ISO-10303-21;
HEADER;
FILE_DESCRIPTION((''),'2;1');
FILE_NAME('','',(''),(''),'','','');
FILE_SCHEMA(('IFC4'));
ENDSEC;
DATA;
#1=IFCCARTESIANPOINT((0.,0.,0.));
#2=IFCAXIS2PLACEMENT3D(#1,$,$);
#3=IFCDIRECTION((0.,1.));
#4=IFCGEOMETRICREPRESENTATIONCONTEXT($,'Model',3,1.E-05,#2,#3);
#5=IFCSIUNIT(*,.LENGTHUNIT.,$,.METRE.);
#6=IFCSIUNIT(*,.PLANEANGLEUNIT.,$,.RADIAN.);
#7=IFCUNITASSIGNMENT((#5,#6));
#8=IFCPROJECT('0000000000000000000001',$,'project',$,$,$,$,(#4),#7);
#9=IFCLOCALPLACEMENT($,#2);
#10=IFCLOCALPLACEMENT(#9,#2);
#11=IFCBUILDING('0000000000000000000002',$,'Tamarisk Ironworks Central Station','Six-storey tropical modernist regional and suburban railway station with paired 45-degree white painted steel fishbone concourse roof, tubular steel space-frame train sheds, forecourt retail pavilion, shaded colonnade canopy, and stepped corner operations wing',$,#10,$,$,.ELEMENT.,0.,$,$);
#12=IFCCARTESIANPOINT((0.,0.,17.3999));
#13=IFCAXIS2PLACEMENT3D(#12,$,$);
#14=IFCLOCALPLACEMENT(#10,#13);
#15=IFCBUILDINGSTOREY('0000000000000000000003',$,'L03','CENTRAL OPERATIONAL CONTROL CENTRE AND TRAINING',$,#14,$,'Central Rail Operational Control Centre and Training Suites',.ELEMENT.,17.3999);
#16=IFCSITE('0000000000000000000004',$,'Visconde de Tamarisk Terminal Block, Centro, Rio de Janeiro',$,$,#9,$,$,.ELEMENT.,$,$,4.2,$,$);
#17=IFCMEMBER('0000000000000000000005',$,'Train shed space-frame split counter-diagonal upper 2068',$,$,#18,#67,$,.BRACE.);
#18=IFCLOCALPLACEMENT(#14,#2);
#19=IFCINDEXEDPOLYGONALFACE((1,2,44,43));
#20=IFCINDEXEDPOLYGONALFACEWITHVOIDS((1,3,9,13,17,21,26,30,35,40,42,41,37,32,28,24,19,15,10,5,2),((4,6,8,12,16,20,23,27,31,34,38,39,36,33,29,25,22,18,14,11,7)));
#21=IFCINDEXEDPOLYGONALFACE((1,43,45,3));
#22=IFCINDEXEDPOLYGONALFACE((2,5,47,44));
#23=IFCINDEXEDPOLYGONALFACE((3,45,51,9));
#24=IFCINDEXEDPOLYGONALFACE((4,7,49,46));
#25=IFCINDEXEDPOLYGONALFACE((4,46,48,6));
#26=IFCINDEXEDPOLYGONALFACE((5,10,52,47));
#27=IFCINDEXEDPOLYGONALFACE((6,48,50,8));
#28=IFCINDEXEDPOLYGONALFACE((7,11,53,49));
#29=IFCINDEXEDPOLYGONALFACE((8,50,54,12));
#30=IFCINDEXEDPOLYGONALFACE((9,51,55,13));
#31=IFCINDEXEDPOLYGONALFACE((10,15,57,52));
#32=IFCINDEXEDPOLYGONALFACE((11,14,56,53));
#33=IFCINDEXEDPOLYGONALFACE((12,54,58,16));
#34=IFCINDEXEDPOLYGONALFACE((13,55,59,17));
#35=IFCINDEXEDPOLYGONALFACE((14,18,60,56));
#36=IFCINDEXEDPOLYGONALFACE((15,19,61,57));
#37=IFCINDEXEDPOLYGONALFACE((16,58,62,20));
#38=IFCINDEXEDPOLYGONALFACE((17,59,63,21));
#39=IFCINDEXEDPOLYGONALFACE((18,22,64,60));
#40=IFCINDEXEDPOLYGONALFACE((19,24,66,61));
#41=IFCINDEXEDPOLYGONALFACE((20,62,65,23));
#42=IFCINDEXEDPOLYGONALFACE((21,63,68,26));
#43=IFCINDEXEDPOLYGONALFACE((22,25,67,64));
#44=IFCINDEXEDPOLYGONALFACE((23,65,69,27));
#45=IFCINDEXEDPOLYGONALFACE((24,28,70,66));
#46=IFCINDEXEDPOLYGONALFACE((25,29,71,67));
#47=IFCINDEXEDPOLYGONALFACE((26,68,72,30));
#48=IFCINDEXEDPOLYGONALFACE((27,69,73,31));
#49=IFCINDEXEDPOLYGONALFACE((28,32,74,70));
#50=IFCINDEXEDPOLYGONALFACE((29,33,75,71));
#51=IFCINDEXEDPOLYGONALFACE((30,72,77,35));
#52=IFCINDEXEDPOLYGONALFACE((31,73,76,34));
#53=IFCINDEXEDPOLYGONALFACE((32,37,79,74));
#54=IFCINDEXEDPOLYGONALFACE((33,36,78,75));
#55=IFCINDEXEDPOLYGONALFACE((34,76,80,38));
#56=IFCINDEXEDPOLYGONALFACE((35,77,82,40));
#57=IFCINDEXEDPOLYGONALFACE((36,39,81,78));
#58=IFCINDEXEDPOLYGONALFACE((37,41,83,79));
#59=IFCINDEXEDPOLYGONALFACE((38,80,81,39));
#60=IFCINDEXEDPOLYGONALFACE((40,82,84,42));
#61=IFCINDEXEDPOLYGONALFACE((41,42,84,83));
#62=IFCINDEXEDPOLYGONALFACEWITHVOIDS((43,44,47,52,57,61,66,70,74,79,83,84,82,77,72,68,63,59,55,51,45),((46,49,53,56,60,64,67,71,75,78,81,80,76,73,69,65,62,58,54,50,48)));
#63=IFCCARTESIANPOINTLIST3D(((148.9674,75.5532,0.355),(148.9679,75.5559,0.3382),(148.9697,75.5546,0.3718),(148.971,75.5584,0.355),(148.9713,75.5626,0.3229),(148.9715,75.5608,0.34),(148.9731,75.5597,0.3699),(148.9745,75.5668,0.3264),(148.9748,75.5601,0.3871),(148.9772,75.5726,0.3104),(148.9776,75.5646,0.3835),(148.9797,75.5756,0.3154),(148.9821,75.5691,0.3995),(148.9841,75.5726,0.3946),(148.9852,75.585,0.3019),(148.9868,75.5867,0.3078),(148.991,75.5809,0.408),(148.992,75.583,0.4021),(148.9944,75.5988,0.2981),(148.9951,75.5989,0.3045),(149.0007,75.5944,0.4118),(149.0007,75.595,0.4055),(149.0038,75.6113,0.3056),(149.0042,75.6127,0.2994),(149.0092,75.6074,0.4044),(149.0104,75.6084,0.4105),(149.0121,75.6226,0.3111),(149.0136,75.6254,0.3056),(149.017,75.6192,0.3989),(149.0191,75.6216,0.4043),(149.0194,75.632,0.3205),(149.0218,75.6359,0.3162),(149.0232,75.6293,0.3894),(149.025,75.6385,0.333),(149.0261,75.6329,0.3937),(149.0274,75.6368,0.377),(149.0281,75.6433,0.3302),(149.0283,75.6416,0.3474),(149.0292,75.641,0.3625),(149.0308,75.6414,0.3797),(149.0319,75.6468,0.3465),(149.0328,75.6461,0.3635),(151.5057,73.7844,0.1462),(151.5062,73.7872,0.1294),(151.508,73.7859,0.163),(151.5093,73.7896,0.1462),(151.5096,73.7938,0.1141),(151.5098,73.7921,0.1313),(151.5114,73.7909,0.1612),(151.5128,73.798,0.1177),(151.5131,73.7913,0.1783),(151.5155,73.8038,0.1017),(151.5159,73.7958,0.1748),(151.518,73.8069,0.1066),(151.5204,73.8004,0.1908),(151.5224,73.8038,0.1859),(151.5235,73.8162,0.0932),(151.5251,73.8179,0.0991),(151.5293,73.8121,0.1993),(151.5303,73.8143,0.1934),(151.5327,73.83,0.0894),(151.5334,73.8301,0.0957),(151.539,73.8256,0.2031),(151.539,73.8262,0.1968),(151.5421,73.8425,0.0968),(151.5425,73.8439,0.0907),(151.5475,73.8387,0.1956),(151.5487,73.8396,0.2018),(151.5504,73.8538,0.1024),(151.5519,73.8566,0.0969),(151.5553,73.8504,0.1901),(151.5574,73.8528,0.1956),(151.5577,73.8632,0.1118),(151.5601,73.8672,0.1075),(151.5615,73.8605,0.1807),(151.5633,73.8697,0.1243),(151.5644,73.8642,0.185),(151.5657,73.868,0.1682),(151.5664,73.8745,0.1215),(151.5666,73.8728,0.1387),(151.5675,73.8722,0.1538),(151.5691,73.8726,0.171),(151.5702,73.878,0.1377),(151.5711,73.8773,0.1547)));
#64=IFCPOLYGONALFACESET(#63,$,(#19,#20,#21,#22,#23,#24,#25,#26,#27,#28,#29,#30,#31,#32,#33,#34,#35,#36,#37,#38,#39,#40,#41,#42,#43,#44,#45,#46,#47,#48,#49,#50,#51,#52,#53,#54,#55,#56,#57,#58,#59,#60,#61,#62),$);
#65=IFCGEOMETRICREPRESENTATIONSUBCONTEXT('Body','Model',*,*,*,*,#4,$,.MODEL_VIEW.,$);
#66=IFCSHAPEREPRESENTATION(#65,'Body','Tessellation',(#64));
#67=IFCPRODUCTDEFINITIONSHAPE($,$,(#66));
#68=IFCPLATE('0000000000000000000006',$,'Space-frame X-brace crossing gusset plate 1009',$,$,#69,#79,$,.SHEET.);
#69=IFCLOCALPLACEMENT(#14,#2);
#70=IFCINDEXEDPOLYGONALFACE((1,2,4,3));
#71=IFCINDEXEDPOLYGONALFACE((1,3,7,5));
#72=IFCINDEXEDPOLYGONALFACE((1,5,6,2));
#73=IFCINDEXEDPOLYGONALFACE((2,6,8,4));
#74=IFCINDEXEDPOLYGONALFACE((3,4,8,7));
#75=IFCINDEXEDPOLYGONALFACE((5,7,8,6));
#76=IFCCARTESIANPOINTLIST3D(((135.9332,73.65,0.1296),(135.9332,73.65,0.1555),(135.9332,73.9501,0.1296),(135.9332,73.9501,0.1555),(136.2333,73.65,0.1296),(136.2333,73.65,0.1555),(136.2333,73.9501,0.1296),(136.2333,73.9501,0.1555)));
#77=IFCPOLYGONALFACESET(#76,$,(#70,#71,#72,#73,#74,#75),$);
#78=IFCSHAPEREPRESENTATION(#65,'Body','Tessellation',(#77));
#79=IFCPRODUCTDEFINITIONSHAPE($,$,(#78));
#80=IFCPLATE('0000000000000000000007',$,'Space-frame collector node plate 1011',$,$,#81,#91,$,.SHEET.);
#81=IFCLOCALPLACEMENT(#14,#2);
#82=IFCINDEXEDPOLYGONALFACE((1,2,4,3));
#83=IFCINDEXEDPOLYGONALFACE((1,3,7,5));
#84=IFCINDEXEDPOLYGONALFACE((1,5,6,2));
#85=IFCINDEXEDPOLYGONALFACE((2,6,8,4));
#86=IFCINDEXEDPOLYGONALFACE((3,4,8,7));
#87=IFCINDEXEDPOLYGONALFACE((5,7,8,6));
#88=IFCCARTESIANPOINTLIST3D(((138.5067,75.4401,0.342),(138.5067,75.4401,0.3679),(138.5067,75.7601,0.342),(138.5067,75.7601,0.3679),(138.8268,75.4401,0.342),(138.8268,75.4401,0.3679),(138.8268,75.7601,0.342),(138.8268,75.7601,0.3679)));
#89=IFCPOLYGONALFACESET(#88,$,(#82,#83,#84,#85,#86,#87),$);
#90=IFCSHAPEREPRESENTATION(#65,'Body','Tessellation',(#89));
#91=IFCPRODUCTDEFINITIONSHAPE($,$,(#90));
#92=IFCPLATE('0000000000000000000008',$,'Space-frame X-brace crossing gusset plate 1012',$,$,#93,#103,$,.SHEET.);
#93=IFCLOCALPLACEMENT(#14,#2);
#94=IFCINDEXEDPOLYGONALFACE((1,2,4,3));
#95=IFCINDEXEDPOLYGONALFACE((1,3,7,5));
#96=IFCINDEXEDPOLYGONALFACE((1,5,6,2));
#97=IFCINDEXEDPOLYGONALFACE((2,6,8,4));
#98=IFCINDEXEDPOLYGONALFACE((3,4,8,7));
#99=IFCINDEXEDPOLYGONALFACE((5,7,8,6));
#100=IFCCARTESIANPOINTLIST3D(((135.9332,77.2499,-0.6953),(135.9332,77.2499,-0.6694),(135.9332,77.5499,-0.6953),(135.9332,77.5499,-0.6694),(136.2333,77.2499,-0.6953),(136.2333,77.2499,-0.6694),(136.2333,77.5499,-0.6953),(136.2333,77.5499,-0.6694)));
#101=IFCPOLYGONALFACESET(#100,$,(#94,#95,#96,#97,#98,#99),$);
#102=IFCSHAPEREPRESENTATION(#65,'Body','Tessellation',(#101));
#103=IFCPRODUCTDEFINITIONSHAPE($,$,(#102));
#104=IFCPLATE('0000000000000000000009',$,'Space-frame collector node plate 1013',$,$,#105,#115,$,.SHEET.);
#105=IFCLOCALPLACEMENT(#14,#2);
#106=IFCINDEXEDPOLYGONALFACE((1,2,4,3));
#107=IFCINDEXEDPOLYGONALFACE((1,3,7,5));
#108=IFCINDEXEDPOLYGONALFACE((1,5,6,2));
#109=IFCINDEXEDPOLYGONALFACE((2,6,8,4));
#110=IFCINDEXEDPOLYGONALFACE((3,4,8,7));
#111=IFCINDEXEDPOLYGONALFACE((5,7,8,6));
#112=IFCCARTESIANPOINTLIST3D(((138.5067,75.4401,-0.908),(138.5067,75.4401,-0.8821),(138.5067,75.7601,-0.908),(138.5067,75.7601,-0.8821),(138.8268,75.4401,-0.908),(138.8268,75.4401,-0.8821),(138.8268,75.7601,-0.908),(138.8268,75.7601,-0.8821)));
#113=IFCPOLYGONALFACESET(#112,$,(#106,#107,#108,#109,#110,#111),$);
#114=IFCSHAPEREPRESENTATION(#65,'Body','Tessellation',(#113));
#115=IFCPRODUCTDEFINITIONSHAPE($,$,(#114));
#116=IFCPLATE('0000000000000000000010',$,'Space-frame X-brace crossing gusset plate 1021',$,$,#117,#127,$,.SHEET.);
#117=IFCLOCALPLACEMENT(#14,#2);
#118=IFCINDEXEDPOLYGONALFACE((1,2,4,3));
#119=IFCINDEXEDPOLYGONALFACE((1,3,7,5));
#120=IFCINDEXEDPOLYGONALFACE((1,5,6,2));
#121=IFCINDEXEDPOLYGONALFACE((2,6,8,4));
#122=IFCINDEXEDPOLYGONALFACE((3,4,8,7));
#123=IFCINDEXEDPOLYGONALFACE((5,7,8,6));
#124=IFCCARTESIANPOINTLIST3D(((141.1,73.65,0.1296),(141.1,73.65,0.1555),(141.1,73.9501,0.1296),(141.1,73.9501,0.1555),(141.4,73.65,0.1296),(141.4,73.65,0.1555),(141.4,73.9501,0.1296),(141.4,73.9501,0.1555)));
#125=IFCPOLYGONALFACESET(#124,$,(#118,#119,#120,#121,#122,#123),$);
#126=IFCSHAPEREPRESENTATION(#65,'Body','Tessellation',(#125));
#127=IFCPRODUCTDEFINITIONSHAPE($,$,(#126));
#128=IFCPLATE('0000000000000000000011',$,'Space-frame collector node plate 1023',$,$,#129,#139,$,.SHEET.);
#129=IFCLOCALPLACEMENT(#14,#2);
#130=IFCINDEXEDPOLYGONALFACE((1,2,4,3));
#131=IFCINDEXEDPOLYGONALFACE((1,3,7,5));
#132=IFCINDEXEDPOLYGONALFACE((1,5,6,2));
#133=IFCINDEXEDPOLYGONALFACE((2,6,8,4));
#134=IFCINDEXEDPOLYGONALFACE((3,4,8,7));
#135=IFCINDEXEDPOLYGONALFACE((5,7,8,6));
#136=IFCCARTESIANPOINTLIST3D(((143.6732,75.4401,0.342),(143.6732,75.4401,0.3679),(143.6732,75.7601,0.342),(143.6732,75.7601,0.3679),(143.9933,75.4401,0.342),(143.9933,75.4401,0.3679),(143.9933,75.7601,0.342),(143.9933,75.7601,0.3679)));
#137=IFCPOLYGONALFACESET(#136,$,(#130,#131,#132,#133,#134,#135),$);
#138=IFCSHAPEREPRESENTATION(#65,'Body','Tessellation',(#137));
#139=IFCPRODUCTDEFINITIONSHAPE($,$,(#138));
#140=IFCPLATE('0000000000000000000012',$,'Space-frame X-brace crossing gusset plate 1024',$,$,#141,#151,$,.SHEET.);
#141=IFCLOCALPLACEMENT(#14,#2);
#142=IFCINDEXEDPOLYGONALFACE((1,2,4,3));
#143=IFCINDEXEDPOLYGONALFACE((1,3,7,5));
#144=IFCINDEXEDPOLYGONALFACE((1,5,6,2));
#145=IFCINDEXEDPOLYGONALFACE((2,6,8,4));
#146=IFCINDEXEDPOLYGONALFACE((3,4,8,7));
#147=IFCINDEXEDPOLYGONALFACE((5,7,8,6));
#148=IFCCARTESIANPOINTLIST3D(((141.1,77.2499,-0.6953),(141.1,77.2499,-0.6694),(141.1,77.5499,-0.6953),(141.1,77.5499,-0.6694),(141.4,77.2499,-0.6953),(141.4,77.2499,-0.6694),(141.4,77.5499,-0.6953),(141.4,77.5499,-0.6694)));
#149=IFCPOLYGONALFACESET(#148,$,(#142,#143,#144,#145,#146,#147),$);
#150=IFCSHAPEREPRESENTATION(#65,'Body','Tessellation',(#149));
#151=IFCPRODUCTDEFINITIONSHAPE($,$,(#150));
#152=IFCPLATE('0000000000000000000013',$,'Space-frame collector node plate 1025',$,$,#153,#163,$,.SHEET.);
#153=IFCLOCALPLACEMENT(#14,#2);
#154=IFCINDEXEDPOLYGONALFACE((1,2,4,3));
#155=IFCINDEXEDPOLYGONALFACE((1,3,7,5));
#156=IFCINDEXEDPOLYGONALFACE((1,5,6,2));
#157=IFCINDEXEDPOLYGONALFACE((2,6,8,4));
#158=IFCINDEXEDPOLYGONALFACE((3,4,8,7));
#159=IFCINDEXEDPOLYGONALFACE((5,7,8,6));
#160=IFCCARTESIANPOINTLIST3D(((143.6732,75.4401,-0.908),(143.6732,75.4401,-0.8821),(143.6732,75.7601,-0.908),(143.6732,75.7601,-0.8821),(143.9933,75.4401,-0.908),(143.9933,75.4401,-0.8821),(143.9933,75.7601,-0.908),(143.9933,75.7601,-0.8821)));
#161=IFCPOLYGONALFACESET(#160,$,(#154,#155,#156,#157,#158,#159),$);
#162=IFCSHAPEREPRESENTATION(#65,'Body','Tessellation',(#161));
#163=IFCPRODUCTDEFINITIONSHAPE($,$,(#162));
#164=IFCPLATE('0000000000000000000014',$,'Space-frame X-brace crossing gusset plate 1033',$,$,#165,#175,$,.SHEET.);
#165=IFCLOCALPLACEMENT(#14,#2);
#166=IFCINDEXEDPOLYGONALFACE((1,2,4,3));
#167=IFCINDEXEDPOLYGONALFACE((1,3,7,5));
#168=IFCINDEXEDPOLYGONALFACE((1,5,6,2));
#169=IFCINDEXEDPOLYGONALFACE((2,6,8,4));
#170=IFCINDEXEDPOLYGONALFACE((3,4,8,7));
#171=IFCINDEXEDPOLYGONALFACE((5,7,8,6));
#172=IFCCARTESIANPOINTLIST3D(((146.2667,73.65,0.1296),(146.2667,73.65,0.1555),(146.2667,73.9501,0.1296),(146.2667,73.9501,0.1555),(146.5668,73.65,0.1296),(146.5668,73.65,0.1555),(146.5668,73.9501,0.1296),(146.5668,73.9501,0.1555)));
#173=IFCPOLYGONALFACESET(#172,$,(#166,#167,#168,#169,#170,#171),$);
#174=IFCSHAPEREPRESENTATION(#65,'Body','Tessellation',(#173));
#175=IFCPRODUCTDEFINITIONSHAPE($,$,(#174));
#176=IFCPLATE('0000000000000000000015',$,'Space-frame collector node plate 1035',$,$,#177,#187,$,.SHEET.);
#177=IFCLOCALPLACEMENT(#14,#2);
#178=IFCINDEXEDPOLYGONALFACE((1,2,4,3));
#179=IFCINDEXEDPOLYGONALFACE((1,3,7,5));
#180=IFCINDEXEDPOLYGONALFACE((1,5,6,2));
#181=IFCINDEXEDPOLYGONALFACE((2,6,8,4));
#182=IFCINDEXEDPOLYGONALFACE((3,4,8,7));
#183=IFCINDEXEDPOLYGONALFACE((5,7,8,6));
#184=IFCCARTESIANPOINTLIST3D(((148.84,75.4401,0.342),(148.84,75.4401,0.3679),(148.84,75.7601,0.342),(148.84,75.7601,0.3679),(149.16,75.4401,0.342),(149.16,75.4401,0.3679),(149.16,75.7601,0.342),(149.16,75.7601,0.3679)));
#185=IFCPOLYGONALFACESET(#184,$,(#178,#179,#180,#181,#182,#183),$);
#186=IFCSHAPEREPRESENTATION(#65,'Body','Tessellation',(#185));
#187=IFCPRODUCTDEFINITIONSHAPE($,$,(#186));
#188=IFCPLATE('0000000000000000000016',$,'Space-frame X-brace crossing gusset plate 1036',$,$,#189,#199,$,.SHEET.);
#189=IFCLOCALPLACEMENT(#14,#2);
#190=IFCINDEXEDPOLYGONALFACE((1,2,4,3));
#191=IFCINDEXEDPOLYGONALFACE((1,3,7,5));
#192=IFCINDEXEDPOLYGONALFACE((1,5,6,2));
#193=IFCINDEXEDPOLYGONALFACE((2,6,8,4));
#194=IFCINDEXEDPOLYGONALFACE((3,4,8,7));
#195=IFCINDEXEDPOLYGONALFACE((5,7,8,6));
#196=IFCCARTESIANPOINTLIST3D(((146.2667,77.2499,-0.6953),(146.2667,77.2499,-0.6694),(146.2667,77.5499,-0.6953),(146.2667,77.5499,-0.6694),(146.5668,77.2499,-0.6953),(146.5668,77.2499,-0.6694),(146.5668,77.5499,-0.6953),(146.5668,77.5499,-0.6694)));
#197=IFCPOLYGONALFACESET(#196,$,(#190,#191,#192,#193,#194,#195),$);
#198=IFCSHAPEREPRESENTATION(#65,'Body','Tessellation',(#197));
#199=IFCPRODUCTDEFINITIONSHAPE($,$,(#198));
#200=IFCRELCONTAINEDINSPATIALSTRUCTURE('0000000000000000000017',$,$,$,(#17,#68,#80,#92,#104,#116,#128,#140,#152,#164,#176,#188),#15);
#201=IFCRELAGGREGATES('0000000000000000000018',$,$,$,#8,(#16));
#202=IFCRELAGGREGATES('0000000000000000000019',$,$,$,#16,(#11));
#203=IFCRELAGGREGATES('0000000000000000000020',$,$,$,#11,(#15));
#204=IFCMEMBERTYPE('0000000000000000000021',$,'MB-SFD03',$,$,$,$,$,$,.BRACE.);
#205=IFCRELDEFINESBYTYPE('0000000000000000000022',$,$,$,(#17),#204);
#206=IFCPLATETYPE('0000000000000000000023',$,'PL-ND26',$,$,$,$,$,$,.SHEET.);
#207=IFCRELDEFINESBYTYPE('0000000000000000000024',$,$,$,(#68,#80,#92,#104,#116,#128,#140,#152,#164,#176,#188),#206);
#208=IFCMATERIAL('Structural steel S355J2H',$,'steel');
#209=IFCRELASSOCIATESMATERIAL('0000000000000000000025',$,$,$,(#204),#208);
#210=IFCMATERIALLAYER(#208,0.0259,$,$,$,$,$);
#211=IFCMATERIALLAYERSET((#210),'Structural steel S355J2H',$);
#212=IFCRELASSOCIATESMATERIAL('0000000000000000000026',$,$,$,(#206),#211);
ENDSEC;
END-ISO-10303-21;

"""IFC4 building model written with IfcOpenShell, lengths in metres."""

from ifc_helpers import new_model, si_unit, direction, frame, origin, origin_2d, place, context, subcontext, project, spatial, rectangle, hollow_circle, extrude, material, layer, layer_set, material_profile, profile_set, type_object, element, save


model = new_model("IFC4")

# Units and contexts
model_context = context("Model", 3, precision=1e-05, world=origin(), true_north=direction((0.0, 1.0)))
body_context = subcontext(model_context, "Body", "Model", "MODEL_VIEW")
ifc_project = project(units=[si_unit("LENGTHUNIT", "METRE"), si_unit("PLANEANGLEUNIT", "RADIAN")], contexts=[model_context])

# Site, building, storey
site_placement = place(None, origin())
site = spatial("IfcSite", under=ifc_project, at=site_placement, Name="Visconde de Tamarisk Terminal Block, Centro, Rio de Janeiro", CompositionType="ELEMENT", RefElevation=4.2)
building_placement = place(site_placement, origin())
building = spatial("IfcBuilding", under=site, at=building_placement, Name="Tamarisk Ironworks Central Station", Description="Six-storey tropical modernist regional and suburban railway station with paired 45-degree white painted steel fishbone concourse roof, tubular steel space-frame train sheds, forecourt retail pavilion, shaded colonnade canopy, and stepped corner operations wing", CompositionType="ELEMENT", ElevationOfRefHeight=0.0)
storey_placement = place(building_placement, frame((0.0, 0.0, 17.3999)))
storey = spatial("IfcBuildingStorey", under=building, at=storey_placement, Name="L03", Description="CENTRAL OPERATIONAL CONTROL CENTRE AND TRAINING", LongName="Central Rail Operational Control Centre and Training Suites", CompositionType="ELEMENT", Elevation=17.3999)

# Member
ifc_material = material(Name="Structural steel S355J2H", Category="steel")
ifc_material_profile_1 = material_profile(ifc_material, hollow_circle(Radius=0.0571, WallThickness=0.0063, at=origin_2d()), Name="CHS 114.3x6.3")
ifc_profile_set_1 = profile_set([ifc_material_profile_1], Name="Structural steel S355J2H")
member_type_1 = type_object("IfcMemberType", Name="MB-SFD03", PredefinedType="BRACE", material=ifc_profile_set_1)
for number, where, z_axis, x_axis, name in (
    (1, (151.5383, 73.8313, 0.1462), (-0.818589, 0.570422, 0.067317), (-0.571719, -0.82045, 0.0), "Train shed space-frame split counter-diagonal upper 2068"),
):
    element("IfcMember", number, at=place(storey_placement, frame(where, z_axis=z_axis, x_axis=x_axis)), inside=storey, type_object=member_type_1, Name=name, PredefinedType="BRACE", context=body_context, shape_type="SweptSolid", body=[
        extrude(hollow_circle(Radius=0.0571, WallThickness=0.0063, at=origin_2d()), origin(), (0.0, 0.0, 1.0), 3.1008),
    ])

# Plates
ifc_layer = layer(ifc_material, 0.0259)
ifc_layer_set = layer_set([ifc_layer], Name="Structural steel S355J2H")
plate_type = type_object("IfcPlateType", Name="PL-ND26", PredefinedType="SHEET", material=ifc_layer_set)
plate_1_placement = place(storey_placement, frame((136.0833, 73.8, 0.1296), z_axis=(0.0, 0.0, 1.0), x_axis=(1.0, 0.0, 0.0)))
element("IfcPlate", 2, at=plate_1_placement, inside=storey, type_object=plate_type, Name="Space-frame X-brace crossing gusset plate 1009", PredefinedType="SHEET", context=body_context, shape_type="SweptSolid", body=[
    extrude(rectangle(XDim=0.3, YDim=0.3, at=origin_2d()), origin(), (0.0, 0.0, 1.0), 0.0259),
])
plate_2_placement = place(storey_placement, frame((138.6667, 75.6001, 0.342), z_axis=(0.0, 0.0, 1.0), x_axis=(1.0, 0.0, 0.0)))
element("IfcPlate", 3, at=plate_2_placement, inside=storey, type_object=plate_type, Name="Space-frame collector node plate 1011", PredefinedType="SHEET", context=body_context, shape_type="SweptSolid", body=[
    extrude(rectangle(XDim=0.3201, YDim=0.3201, at=origin_2d()), origin(), (0.0, 0.0, 1.0), 0.0259),
])
plate_3_placement = place(storey_placement, frame((136.0833, 77.3999, -0.6953), z_axis=(0.0, 0.0, 1.0), x_axis=(1.0, 0.0, 0.0)))
element("IfcPlate", 4, at=plate_3_placement, inside=storey, type_object=plate_type, Name="Space-frame X-brace crossing gusset plate 1012", PredefinedType="SHEET", context=body_context, shape_type="SweptSolid", body=[
    extrude(rectangle(XDim=0.3, YDim=0.3, at=origin_2d()), origin(), (0.0, 0.0, 1.0), 0.0259),
])
plate_4_placement = place(storey_placement, frame((138.6667, 75.6001, -0.908), z_axis=(0.0, 0.0, 1.0), x_axis=(1.0, 0.0, 0.0)))
element("IfcPlate", 5, at=plate_4_placement, inside=storey, type_object=plate_type, Name="Space-frame collector node plate 1013", PredefinedType="SHEET", context=body_context, shape_type="SweptSolid", body=[
    extrude(rectangle(XDim=0.3201, YDim=0.3201, at=origin_2d()), origin(), (0.0, 0.0, 1.0), 0.0259),
])
plate_5_placement = place(storey_placement, frame((141.25, 73.8, 0.1296), z_axis=(0.0, 0.0, 1.0), x_axis=(1.0, 0.0, 0.0)))
element("IfcPlate", 6, at=plate_5_placement, inside=storey, type_object=plate_type, Name="Space-frame X-brace crossing gusset plate 1021", PredefinedType="SHEET", context=body_context, shape_type="SweptSolid", body=[
    extrude(rectangle(XDim=0.3, YDim=0.3, at=origin_2d()), origin(), (0.0, 0.0, 1.0), 0.0259),
])
plate_6_placement = place(storey_placement, frame((143.8333, 75.6001, 0.342), z_axis=(0.0, 0.0, 1.0), x_axis=(1.0, 0.0, 0.0)))
element("IfcPlate", 7, at=plate_6_placement, inside=storey, type_object=plate_type, Name="Space-frame collector node plate 1023", PredefinedType="SHEET", context=body_context, shape_type="SweptSolid", body=[
    extrude(rectangle(XDim=0.3201, YDim=0.3201, at=origin_2d()), origin(), (0.0, 0.0, 1.0), 0.0259),
])
plate_7_placement = place(storey_placement, frame((141.25, 77.3999, -0.6953), z_axis=(0.0, 0.0, 1.0), x_axis=(1.0, 0.0, 0.0)))
element("IfcPlate", 8, at=plate_7_placement, inside=storey, type_object=plate_type, Name="Space-frame X-brace crossing gusset plate 1024", PredefinedType="SHEET", context=body_context, shape_type="SweptSolid", body=[
    extrude(rectangle(XDim=0.3, YDim=0.3, at=origin_2d()), origin(), (0.0, 0.0, 1.0), 0.0259),
])
plate_8_placement = place(storey_placement, frame((143.8333, 75.6001, -0.908), z_axis=(0.0, 0.0, 1.0), x_axis=(1.0, 0.0, 0.0)))
element("IfcPlate", 9, at=plate_8_placement, inside=storey, type_object=plate_type, Name="Space-frame collector node plate 1025", PredefinedType="SHEET", context=body_context, shape_type="SweptSolid", body=[
    extrude(rectangle(XDim=0.3201, YDim=0.3201, at=origin_2d()), origin(), (0.0, 0.0, 1.0), 0.0259),
])
plate_9_placement = place(storey_placement, frame((146.4167, 73.8, 0.1296), z_axis=(0.0, 0.0, 1.0), x_axis=(1.0, 0.0, 0.0)))
element("IfcPlate", 10, at=plate_9_placement, inside=storey, type_object=plate_type, Name="Space-frame X-brace crossing gusset plate 1033", PredefinedType="SHEET", context=body_context, shape_type="SweptSolid", body=[
    extrude(rectangle(XDim=0.3, YDim=0.3, at=origin_2d()), origin(), (0.0, 0.0, 1.0), 0.0259),
])
plate_10_placement = place(storey_placement, frame((149.0, 75.6001, 0.342), z_axis=(0.0, 0.0, 1.0), x_axis=(1.0, 0.0, 0.0)))
element("IfcPlate", 11, at=plate_10_placement, inside=storey, type_object=plate_type, Name="Space-frame collector node plate 1035", PredefinedType="SHEET", context=body_context, shape_type="SweptSolid", body=[
    extrude(rectangle(XDim=0.3201, YDim=0.3201, at=origin_2d()), origin(), (0.0, 0.0, 1.0), 0.0259),
])
plate_11_placement = place(storey_placement, frame((146.4167, 77.3999, -0.6953), z_axis=(0.0, 0.0, 1.0), x_axis=(1.0, 0.0, 0.0)))
element("IfcPlate", 12, at=plate_11_placement, inside=storey, type_object=plate_type, Name="Space-frame X-brace crossing gusset plate 1036", PredefinedType="SHEET", context=body_context, shape_type="SweptSolid", body=[
    extrude(rectangle(XDim=0.3, YDim=0.3, at=origin_2d()), origin(), (0.0, 0.0, 1.0), 0.0259),
])

save(model, "model.ifc")
